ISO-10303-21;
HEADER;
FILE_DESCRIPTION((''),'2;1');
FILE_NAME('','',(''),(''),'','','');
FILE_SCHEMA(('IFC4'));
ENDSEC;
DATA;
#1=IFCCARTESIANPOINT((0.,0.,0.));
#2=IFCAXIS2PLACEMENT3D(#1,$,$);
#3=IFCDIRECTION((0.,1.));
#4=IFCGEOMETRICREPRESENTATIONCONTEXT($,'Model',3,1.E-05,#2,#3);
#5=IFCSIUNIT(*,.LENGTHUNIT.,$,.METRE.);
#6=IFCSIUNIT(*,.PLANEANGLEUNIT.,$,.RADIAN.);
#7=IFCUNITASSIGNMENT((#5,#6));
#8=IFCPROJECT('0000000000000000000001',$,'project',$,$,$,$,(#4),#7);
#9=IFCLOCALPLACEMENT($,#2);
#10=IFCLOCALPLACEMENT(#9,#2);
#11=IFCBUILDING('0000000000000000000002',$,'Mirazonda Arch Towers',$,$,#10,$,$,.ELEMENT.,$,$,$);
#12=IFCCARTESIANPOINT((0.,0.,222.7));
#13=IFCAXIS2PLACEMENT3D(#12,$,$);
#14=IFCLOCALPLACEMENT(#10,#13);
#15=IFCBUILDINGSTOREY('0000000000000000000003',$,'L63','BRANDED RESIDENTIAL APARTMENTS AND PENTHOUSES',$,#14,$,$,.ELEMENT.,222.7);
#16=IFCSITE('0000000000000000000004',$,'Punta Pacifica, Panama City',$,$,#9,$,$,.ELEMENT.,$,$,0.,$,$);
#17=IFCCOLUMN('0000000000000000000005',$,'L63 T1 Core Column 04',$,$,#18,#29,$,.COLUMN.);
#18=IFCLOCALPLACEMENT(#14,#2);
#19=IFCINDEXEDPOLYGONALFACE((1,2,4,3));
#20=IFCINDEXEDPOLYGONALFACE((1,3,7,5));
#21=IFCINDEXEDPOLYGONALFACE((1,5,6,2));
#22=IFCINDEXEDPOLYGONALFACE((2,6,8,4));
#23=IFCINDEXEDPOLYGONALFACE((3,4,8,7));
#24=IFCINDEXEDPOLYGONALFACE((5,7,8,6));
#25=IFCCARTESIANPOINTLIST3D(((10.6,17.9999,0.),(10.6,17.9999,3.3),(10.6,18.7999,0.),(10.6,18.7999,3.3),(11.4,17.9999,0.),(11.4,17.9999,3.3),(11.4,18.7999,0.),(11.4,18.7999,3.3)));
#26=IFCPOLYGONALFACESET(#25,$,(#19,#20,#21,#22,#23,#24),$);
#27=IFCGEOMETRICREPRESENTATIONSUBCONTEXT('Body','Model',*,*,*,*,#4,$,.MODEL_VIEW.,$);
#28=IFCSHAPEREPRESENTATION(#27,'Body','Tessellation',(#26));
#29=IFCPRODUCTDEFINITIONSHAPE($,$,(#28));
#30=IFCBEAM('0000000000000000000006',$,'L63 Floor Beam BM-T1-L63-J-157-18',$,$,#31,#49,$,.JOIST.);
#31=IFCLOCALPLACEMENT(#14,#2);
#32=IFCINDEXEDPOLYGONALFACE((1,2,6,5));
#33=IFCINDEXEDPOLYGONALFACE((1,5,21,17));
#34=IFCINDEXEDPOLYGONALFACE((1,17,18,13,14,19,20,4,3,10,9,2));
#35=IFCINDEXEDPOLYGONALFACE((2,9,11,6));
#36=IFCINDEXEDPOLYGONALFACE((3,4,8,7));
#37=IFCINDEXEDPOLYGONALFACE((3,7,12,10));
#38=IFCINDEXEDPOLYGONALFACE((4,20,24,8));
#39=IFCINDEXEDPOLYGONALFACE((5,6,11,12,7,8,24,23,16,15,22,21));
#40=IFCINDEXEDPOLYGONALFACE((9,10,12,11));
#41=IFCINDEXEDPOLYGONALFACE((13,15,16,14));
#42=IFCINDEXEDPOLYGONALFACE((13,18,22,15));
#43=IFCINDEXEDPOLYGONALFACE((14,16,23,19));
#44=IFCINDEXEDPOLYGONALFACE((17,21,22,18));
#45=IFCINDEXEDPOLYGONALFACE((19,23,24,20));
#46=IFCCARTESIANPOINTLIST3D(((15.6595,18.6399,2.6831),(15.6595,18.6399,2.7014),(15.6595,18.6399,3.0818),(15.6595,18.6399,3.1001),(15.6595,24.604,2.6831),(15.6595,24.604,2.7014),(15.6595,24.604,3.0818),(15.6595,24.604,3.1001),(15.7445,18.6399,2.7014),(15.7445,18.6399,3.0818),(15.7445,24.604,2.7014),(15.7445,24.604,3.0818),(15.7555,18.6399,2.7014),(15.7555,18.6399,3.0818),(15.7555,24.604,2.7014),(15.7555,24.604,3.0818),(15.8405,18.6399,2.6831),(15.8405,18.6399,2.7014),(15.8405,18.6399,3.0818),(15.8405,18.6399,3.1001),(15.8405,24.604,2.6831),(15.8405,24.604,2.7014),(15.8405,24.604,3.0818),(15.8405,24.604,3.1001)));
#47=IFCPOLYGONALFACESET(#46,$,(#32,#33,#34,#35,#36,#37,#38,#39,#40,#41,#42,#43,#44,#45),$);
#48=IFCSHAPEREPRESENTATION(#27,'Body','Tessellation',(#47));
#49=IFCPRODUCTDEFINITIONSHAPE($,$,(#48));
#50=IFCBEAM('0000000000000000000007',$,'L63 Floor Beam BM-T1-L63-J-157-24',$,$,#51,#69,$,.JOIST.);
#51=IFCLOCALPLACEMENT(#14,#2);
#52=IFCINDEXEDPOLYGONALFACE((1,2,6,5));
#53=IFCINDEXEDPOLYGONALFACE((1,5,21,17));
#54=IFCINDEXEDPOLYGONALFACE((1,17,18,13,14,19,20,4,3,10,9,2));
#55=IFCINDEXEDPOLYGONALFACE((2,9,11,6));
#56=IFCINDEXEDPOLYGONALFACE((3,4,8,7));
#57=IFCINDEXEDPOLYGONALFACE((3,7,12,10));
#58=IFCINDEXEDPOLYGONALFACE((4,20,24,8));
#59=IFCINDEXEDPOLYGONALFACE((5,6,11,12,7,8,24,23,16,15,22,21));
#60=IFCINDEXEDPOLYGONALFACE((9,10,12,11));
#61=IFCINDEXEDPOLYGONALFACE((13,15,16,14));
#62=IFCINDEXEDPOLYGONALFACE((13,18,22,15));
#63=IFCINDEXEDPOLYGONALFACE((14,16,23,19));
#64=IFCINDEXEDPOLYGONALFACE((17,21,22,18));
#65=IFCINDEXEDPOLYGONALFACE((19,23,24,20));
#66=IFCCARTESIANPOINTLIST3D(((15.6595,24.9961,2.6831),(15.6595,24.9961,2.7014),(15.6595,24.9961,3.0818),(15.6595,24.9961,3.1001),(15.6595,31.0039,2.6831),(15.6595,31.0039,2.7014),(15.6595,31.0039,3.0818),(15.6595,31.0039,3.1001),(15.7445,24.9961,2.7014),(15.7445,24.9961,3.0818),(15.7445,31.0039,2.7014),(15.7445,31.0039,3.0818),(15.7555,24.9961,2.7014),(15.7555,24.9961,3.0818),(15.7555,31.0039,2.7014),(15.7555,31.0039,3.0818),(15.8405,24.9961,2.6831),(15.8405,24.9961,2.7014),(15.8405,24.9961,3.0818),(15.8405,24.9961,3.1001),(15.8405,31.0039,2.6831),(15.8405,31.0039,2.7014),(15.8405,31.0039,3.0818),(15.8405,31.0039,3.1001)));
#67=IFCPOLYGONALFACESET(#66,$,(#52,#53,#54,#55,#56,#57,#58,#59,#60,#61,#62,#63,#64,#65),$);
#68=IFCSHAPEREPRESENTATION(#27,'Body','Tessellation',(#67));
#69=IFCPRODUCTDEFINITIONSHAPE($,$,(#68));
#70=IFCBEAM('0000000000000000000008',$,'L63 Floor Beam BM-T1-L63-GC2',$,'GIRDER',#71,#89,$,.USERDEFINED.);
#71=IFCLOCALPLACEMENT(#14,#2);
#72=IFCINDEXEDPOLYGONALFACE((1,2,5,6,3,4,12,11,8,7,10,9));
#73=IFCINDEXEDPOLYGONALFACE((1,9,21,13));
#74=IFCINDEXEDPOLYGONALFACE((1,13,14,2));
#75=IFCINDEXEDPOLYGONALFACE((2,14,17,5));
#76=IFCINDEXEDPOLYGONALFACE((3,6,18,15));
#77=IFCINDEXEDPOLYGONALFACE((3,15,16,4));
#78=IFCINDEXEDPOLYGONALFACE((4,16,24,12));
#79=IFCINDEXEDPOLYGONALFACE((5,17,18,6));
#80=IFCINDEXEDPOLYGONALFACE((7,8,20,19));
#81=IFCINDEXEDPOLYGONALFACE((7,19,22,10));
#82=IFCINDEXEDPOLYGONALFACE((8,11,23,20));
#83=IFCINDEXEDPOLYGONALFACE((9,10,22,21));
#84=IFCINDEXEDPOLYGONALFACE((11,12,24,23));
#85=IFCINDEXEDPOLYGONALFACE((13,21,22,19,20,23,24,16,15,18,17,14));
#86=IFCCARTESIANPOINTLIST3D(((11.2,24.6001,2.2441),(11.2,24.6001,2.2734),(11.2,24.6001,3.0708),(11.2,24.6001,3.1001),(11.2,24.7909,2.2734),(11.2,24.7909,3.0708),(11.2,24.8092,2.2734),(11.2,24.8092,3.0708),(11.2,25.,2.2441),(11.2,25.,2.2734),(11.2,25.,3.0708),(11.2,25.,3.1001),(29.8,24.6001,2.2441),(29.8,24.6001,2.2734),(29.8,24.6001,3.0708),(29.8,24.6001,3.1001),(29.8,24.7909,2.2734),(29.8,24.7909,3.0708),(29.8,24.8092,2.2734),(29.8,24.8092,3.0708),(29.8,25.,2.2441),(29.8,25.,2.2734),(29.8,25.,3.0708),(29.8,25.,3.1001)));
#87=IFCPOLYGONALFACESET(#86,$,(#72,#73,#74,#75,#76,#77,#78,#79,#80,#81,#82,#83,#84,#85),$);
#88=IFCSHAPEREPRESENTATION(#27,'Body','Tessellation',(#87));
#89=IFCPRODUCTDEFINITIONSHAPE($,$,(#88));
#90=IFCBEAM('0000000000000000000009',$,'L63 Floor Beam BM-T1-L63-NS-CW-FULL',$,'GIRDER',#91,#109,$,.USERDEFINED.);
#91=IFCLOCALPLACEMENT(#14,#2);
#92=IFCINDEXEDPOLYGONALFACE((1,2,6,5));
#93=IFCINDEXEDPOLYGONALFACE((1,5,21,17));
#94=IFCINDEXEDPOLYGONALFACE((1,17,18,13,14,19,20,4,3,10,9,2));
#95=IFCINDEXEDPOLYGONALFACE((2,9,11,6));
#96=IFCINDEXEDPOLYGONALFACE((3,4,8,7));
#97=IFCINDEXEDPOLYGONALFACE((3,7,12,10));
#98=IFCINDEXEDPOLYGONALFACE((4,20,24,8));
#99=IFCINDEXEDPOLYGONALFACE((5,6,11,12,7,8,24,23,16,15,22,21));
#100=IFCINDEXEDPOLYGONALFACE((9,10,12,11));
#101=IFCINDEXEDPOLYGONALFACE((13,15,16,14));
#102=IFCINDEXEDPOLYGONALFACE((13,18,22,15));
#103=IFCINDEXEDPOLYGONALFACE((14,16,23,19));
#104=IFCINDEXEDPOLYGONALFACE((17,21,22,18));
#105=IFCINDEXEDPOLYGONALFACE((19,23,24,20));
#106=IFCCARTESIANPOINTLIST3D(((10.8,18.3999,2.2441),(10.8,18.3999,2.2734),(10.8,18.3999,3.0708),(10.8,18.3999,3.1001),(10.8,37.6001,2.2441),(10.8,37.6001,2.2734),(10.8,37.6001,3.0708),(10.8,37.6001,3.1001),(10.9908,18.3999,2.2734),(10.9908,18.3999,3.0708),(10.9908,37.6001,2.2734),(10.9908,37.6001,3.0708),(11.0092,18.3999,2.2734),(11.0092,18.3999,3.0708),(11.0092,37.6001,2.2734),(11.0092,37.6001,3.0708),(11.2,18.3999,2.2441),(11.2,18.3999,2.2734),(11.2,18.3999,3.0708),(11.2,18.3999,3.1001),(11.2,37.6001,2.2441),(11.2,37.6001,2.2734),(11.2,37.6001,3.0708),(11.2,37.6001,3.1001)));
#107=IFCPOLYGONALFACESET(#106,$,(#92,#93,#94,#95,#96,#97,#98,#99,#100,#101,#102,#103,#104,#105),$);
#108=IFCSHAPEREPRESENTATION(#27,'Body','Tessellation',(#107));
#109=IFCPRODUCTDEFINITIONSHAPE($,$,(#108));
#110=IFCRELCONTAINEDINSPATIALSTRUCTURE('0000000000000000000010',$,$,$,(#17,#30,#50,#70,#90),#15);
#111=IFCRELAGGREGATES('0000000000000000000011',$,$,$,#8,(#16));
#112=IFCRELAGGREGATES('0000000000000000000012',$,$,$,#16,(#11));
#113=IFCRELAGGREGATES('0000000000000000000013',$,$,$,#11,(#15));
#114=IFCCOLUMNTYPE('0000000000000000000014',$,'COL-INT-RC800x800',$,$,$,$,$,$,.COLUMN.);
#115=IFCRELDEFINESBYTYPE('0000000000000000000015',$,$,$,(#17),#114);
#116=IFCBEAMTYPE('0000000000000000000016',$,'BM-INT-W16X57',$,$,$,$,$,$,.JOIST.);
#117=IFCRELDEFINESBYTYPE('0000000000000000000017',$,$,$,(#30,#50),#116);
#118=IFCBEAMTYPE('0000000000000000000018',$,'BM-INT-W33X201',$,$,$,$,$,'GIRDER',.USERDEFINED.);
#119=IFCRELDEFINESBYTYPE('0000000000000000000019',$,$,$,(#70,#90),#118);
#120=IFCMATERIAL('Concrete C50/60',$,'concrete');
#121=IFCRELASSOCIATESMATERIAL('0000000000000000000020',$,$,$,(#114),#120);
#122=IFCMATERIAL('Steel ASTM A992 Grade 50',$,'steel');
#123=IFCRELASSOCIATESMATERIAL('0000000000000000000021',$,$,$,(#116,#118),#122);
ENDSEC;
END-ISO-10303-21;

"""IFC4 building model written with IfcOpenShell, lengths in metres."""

from ifc_helpers import new_model, si_unit, direction, frame, origin, origin_2d, place, context, subcontext, project, spatial, rectangle, i_section, extrude, material, material_profile, profile_set, type_object, element, save


model = new_model("IFC4")

# Units and contexts
model_context = context("Model", 3, precision=1e-05, world=origin(), true_north=direction((0.0, 1.0)))
body_context = subcontext(model_context, "Body", "Model", "MODEL_VIEW")
ifc_project = project(units=[si_unit("LENGTHUNIT", "METRE"), si_unit("PLANEANGLEUNIT", "RADIAN")], contexts=[model_context])

# Site, building, storey
site_placement = place(None, origin())
site = spatial("IfcSite", under=ifc_project, at=site_placement, Name="Punta Pacifica, Panama City", CompositionType="ELEMENT", RefElevation=0.0)
building_placement = place(site_placement, origin())
building = spatial("IfcBuilding", under=site, at=building_placement, Name="Mirazonda Arch Towers", CompositionType="ELEMENT")
storey_placement = place(building_placement, frame((0.0, 0.0, 222.7)))
storey = spatial("IfcBuildingStorey", under=building, at=storey_placement, Name="L63", Description="BRANDED RESIDENTIAL APARTMENTS AND PENTHOUSES", CompositionType="ELEMENT", Elevation=222.7)

# Column
ifc_material_1 = material(Name="Concrete C50/60", Category="concrete")
ifc_material_profile_1 = material_profile(ifc_material_1, rectangle(XDim=0.8, YDim=0.8, at=origin_2d()), Name="RC800x800")
ifc_profile_set_1 = profile_set([ifc_material_profile_1], Name="Concrete C50/60")
column_type = type_object("IfcColumnType", Name="COL-INT-RC800x800", PredefinedType="COLUMN", material=ifc_profile_set_1)
column_placement = place(storey_placement, frame((11.0, 18.3999, 0.0), z_axis=(0.0, 0.0, 1.0), x_axis=(1.0, 0.0, 0.0)))
element("IfcColumn", 1, at=column_placement, inside=storey, type_object=column_type, Name="L63 T1 Core Column 04", PredefinedType="COLUMN", context=body_context, shape_type="SweptSolid", body=[
    extrude(rectangle(XDim=0.8, YDim=0.8, at=origin_2d()), origin(), (0.0, 0.0, 1.0), 3.3),
])

# Beams
ifc_material_2 = material(Name="Steel ASTM A992 Grade 50", Category="steel")
ifc_material_profile_2 = material_profile(ifc_material_2, i_section(OverallWidth=0.1809, OverallDepth=0.417, WebThickness=0.011, FlangeThickness=0.0183, at=origin_2d()), Name="W16X57")
ifc_profile_set_2 = profile_set([ifc_material_profile_2], Name="Steel ASTM A992 Grade 50")
beam_type_1 = type_object("IfcBeamType", Name="BM-INT-W16X57", PredefinedType="JOIST", material=ifc_profile_set_2)
beam_1_placement = place(storey_placement, frame((15.75, 18.6399, 2.8916), z_axis=(0.0, 1.0, 0.0), x_axis=(-1.0, 0.0, 0.0)))
element("IfcBeam", 2, at=beam_1_placement, inside=storey, type_object=beam_type_1, Name="L63 Floor Beam BM-T1-L63-J-157-18", PredefinedType="JOIST", context=body_context, shape_type="SweptSolid", body=[
    extrude(i_section(OverallWidth=0.1809, OverallDepth=0.417, WebThickness=0.011, FlangeThickness=0.0183, at=origin_2d()), origin(), (0.0, 0.0, 1.0), 5.9641),
])
beam_2_placement = place(storey_placement, frame((15.75, 24.9961, 2.8916), z_axis=(0.0, 1.0, 0.0), x_axis=(-1.0, 0.0, 0.0)))
element("IfcBeam", 3, at=beam_2_placement, inside=storey, type_object=beam_type_1, Name="L63 Floor Beam BM-T1-L63-J-157-24", PredefinedType="JOIST", context=body_context, shape_type="SweptSolid", body=[
    extrude(i_section(OverallWidth=0.1809, OverallDepth=0.417, WebThickness=0.011, FlangeThickness=0.0183, at=origin_2d()), origin(), (0.0, 0.0, 1.0), 6.0078),
])
ifc_material_profile_3 = material_profile(ifc_material_2, i_section(OverallWidth=0.3999, OverallDepth=0.856, WebThickness=0.0183, FlangeThickness=0.0293, at=origin_2d()), Name="W33X201")
ifc_profile_set_3 = profile_set([ifc_material_profile_3], Name="Steel ASTM A992 Grade 50")
beam_type_2 = type_object("IfcBeamType", Name="BM-INT-W33X201", ElementType="GIRDER", PredefinedType="USERDEFINED", material=ifc_profile_set_3)
beam_3_placement = place(storey_placement, frame((11.2, 24.8, 2.6721), z_axis=(1.0, 0.0, 0.0), x_axis=(0.0, 1.0, 0.0)))
element("IfcBeam", 4, at=beam_3_placement, inside=storey, type_object=beam_type_2, Name="L63 Floor Beam BM-T1-L63-GC2", ObjectType="GIRDER", PredefinedType="USERDEFINED", context=body_context, shape_type="SweptSolid", body=[
    extrude(i_section(OverallWidth=0.3999, OverallDepth=0.856, WebThickness=0.0183, FlangeThickness=0.0293, at=origin_2d()), origin(), (0.0, 0.0, 1.0), 18.6001),
])
beam_4_placement = place(storey_placement, frame((11.0, 18.3999, 2.6721), z_axis=(0.0, 1.0, 0.0), x_axis=(-1.0, 0.0, 0.0)))
element("IfcBeam", 5, at=beam_4_placement, inside=storey, type_object=beam_type_2, Name="L63 Floor Beam BM-T1-L63-NS-CW-FULL", ObjectType="GIRDER", PredefinedType="USERDEFINED", context=body_context, shape_type="SweptSolid", body=[
    extrude(i_section(OverallWidth=0.3999, OverallDepth=0.856, WebThickness=0.0183, FlangeThickness=0.0293, at=origin_2d()), origin(), (0.0, 0.0, 1.0), 19.2002),
])

save(model, "model.ifc")
